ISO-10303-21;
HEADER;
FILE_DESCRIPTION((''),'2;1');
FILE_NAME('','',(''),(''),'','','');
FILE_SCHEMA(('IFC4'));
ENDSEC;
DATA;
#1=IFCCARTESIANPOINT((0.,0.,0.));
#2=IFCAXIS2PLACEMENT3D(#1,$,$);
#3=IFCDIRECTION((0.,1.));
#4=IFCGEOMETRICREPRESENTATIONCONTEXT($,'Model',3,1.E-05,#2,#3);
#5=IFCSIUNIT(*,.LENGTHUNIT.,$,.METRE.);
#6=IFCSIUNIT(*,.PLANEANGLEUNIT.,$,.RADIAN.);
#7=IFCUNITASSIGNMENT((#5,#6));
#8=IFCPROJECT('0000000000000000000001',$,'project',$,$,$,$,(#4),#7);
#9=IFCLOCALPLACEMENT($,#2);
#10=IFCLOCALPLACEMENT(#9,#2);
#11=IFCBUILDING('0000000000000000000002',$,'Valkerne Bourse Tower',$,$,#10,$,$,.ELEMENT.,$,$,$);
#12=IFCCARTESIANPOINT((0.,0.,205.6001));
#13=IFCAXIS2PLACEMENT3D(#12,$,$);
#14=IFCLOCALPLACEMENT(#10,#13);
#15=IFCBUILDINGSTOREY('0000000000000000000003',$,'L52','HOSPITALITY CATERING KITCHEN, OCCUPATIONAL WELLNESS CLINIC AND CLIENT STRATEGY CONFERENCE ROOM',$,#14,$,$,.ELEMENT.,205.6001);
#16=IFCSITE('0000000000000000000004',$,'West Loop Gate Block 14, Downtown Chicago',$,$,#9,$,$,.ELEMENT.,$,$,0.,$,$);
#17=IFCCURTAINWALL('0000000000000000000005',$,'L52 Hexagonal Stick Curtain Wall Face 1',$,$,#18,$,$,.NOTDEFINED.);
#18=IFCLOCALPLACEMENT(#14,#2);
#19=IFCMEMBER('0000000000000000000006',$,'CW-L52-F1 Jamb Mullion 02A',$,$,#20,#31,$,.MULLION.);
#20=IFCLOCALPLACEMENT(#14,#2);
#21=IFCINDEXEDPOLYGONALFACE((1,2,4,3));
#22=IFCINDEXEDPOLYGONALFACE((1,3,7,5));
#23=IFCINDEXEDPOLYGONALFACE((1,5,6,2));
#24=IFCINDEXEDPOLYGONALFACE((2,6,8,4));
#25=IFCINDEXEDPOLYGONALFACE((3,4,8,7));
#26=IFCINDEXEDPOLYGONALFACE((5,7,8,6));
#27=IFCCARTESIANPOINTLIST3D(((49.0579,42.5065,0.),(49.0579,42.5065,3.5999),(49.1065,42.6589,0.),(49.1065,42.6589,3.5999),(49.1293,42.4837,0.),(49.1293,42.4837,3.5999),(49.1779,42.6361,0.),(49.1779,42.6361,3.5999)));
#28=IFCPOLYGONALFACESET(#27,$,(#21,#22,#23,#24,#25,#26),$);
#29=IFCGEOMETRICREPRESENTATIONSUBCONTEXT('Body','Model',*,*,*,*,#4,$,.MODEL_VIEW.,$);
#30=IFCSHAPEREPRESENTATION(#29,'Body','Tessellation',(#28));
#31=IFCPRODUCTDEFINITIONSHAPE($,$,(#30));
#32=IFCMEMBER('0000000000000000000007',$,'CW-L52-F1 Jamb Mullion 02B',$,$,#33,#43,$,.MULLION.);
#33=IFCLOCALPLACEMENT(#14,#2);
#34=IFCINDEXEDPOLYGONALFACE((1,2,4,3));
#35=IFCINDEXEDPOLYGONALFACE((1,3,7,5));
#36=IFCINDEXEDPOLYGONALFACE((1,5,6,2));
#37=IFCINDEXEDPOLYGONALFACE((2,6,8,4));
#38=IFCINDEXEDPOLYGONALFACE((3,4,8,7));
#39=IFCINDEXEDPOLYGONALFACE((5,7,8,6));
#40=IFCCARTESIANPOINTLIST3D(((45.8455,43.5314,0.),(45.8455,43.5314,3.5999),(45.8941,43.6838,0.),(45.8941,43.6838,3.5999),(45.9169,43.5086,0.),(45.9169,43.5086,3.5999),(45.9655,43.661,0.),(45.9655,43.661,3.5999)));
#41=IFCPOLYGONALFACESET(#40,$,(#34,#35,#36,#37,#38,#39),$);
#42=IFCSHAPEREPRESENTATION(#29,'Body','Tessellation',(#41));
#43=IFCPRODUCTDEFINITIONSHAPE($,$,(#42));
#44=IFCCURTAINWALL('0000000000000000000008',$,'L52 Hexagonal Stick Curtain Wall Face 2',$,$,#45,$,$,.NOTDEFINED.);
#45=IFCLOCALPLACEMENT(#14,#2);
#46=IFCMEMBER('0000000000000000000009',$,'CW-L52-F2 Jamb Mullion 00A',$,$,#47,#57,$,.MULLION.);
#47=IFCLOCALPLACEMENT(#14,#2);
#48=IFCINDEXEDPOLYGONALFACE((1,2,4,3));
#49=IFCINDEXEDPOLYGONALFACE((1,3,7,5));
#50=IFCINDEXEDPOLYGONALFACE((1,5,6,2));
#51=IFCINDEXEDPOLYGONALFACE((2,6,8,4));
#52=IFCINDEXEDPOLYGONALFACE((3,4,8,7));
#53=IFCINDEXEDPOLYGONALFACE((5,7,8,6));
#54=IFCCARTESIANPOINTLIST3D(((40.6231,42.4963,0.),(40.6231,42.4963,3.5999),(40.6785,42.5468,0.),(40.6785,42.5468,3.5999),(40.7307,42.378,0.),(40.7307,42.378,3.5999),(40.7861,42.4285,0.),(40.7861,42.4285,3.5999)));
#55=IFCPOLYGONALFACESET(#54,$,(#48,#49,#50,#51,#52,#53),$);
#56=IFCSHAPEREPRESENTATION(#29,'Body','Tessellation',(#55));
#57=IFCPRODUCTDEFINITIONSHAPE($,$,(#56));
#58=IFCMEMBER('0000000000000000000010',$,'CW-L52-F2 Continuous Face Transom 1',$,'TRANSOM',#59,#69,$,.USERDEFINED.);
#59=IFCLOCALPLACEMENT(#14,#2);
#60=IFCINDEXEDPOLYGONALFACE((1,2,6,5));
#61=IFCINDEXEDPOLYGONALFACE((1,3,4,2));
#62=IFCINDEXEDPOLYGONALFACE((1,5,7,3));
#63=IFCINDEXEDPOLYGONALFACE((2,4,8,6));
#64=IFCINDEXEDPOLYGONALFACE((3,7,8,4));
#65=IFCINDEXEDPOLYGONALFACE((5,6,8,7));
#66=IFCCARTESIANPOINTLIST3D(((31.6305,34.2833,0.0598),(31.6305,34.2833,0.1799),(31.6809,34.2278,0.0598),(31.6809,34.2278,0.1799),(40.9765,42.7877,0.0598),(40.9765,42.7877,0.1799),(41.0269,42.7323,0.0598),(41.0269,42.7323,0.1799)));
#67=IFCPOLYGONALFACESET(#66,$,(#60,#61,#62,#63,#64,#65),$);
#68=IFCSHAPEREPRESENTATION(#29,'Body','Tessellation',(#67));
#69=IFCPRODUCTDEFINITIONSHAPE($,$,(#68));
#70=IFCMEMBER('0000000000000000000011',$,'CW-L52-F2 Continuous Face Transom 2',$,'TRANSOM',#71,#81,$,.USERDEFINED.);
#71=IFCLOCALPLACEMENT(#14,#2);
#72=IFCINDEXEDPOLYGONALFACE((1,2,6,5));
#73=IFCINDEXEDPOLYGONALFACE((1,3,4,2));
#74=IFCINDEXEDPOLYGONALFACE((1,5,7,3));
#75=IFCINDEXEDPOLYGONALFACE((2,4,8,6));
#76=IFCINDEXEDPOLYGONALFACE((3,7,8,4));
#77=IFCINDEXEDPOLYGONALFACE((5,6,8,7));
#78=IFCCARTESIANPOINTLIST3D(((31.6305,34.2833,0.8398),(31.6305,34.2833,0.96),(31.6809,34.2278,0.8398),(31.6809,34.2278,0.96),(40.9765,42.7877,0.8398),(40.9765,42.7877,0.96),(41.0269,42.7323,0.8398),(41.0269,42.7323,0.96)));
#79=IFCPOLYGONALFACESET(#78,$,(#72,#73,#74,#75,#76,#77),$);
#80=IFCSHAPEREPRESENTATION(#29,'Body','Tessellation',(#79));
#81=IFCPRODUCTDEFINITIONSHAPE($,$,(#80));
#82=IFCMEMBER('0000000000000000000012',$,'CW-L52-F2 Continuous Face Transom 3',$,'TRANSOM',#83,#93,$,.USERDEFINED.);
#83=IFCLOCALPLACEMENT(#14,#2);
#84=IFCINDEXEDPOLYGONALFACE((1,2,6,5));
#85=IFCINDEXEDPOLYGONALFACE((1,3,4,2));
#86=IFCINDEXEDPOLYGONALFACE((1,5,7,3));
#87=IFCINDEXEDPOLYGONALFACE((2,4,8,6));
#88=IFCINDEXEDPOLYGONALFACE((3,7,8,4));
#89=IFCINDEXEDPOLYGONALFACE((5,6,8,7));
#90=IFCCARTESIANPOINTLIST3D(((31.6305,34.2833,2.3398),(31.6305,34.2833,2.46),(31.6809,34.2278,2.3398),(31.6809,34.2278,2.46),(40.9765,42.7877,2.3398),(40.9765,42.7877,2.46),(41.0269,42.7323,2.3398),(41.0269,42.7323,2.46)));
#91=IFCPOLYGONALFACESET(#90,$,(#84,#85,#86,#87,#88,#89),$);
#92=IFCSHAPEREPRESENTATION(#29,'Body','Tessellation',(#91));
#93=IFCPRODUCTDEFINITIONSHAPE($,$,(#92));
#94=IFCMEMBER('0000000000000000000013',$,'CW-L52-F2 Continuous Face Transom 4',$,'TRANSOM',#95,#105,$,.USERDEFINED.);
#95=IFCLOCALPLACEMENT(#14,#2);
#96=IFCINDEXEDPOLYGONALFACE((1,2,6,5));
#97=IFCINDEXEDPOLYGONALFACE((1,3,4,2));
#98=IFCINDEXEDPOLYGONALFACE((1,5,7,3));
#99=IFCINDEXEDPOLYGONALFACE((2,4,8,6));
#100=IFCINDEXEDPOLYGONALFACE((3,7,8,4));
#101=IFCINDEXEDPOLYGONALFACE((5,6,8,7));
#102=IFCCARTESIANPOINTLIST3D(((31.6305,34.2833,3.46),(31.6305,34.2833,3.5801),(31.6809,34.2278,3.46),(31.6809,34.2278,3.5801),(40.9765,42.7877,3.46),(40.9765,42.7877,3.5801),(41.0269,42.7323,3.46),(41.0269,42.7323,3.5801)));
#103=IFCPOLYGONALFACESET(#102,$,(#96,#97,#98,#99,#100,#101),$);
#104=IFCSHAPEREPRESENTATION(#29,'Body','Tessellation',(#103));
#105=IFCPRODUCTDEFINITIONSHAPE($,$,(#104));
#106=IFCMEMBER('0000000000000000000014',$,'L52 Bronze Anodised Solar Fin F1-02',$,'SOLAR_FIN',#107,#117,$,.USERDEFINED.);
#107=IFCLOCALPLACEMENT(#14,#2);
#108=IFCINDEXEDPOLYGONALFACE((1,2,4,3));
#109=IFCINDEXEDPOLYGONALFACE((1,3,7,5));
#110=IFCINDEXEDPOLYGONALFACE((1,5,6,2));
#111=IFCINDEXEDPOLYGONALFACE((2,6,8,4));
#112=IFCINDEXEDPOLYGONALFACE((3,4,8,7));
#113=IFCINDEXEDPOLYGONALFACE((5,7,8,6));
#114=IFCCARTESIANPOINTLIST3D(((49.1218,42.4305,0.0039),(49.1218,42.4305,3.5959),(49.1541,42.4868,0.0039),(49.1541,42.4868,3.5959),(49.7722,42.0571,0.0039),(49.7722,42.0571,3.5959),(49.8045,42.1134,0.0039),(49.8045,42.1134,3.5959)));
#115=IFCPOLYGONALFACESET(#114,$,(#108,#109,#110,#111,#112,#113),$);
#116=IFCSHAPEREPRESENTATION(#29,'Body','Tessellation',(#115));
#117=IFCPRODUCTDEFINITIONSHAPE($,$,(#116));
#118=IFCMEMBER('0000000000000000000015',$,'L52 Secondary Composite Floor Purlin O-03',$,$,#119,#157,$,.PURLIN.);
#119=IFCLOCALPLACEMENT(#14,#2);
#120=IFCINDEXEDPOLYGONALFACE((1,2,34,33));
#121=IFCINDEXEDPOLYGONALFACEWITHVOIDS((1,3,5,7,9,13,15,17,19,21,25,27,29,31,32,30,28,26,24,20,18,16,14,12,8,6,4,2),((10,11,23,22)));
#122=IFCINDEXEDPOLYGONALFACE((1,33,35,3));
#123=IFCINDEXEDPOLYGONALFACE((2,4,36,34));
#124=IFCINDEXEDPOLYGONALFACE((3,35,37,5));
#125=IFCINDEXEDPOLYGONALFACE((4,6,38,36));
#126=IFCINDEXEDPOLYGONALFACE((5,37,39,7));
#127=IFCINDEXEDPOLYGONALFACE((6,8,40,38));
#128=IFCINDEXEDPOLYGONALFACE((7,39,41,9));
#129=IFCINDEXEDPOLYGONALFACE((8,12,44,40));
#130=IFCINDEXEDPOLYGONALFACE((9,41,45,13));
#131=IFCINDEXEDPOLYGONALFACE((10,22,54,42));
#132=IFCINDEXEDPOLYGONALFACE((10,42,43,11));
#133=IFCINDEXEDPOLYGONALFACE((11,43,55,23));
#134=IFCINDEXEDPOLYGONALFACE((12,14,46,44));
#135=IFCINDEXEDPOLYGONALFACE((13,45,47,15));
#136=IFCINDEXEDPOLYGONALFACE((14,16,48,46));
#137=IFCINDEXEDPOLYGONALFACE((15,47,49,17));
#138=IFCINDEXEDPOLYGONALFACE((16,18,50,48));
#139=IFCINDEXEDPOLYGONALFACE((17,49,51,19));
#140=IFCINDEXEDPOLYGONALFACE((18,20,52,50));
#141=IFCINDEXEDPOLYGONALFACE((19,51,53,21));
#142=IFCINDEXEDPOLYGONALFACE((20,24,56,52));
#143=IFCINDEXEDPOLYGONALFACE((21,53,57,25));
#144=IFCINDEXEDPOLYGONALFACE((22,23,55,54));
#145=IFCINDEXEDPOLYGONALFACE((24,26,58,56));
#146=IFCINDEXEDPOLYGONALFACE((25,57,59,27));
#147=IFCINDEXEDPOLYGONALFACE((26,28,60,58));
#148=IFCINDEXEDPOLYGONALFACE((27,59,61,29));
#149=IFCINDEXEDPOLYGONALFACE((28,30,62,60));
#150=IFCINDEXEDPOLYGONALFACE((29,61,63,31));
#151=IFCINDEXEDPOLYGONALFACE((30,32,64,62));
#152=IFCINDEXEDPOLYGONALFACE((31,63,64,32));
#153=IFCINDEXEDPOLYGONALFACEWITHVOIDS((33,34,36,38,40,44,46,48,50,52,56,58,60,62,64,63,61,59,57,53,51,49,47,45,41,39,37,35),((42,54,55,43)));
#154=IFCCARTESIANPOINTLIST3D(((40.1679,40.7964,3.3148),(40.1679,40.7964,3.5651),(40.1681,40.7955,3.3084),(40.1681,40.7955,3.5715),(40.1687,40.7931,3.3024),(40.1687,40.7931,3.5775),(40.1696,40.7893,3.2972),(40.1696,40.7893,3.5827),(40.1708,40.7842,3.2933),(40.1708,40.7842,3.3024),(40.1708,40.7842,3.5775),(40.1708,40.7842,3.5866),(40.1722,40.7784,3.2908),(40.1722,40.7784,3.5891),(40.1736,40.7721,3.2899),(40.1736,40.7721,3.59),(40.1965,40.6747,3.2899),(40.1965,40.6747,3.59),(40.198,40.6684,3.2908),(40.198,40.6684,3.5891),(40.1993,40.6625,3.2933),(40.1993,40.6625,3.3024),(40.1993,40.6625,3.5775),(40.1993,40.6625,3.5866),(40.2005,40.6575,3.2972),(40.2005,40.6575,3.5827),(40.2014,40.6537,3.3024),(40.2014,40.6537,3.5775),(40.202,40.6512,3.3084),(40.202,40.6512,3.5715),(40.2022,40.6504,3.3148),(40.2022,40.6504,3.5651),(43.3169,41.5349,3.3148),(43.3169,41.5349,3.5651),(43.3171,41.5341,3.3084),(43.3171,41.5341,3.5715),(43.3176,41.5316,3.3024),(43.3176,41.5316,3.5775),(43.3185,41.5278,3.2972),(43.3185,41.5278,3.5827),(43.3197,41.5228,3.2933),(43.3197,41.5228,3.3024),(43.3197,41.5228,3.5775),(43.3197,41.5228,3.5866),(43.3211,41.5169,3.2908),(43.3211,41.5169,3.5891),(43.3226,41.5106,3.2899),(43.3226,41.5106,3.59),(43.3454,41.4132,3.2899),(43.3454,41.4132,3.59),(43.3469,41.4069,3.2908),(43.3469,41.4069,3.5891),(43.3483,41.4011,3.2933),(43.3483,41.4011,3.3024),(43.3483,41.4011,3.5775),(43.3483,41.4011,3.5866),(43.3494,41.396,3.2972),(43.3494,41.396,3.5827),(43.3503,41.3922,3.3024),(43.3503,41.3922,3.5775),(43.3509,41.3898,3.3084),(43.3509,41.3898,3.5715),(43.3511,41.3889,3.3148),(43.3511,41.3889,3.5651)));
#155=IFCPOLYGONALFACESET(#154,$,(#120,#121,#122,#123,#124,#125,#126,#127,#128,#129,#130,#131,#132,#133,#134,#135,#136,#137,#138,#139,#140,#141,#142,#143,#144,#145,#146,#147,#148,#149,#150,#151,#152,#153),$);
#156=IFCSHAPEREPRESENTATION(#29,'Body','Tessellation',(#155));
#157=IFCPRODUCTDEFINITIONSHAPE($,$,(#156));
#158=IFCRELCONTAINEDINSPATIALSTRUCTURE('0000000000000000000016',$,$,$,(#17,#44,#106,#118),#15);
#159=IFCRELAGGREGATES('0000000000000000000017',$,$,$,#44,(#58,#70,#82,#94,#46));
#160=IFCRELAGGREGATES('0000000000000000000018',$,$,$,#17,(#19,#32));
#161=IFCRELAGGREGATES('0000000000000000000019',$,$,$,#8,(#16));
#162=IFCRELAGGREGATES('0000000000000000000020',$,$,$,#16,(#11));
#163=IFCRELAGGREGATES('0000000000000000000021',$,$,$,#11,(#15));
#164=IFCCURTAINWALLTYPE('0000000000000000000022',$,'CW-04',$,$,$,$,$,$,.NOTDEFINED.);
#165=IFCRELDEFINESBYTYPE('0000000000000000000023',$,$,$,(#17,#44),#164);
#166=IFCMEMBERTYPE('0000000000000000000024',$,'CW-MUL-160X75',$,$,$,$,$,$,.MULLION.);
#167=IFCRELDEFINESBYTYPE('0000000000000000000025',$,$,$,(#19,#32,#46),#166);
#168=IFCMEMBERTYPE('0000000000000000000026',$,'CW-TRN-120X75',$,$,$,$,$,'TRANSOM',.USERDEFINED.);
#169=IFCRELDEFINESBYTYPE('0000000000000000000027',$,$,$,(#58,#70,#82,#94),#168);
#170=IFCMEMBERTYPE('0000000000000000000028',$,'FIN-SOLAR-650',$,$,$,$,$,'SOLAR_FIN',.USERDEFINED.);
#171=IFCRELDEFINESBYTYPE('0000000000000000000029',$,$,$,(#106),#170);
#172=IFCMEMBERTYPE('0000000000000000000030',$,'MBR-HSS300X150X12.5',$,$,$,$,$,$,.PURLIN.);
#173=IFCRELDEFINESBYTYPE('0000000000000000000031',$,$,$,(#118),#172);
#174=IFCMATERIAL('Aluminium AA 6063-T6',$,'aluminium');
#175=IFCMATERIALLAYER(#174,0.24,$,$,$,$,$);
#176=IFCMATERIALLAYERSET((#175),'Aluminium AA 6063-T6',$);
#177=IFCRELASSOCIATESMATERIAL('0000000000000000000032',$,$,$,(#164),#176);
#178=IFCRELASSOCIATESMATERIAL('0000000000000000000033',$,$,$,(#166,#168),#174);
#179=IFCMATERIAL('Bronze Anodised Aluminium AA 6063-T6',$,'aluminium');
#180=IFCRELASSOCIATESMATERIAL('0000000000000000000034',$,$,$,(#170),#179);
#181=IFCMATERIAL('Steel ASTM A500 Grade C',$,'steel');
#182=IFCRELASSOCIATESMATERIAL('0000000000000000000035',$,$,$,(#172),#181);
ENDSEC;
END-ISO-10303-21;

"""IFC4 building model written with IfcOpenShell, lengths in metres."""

from ifc_helpers import new_model, si_unit, direction, frame, origin, origin_2d, place, context, subcontext, project, spatial, rectangle, hollow_rectangle, extrude, material, layer, layer_set, material_profile, profile_set, type_object, element, aggregate, save


model = new_model("IFC4")

# Units and contexts
model_context = context("Model", 3, precision=1e-05, world=origin(), true_north=direction((0.0, 1.0)))
body_context = subcontext(model_context, "Body", "Model", "MODEL_VIEW")
ifc_project = project(units=[si_unit("LENGTHUNIT", "METRE"), si_unit("PLANEANGLEUNIT", "RADIAN")], contexts=[model_context])

# Site, building, storey
site_placement = place(None, origin())
site = spatial("IfcSite", under=ifc_project, at=site_placement, Name="West Loop Gate Block 14, Downtown Chicago", CompositionType="ELEMENT", RefElevation=0.0)
building_placement = place(site_placement, origin())
building = spatial("IfcBuilding", under=site, at=building_placement, Name="Valkerne Bourse Tower", CompositionType="ELEMENT")
storey_placement = place(building_placement, frame((0.0, 0.0, 205.6001)))
storey = spatial("IfcBuildingStorey", under=building, at=storey_placement, Name="L52", Description="HOSPITALITY CATERING KITCHEN, OCCUPATIONAL WELLNESS CLINIC AND CLIENT STRATEGY CONFERENCE ROOM", CompositionType="ELEMENT", Elevation=205.6001)

# Curtain walls, members
ifc_material_1 = material(Name="Aluminium AA 6063-T6", Category="aluminium")
ifc_layer_1 = layer(ifc_material_1, 0.24)
ifc_layer_set_1 = layer_set([ifc_layer_1], Name="Aluminium AA 6063-T6")
curtain_wall_type = type_object("IfcCurtainWallType", Name="CW-04", PredefinedType="NOTDEFINED", material=ifc_layer_set_1)
curtain_wall_1_placement = place(storey_placement, origin())
curtain_wall_1 = element("IfcCurtainWall", 1, at=curtain_wall_1_placement, inside=storey, type_object=curtain_wall_type, Name="L52 Hexagonal Stick Curtain Wall Face 1", PredefinedType="NOTDEFINED")
ifc_material_profile_1 = material_profile(ifc_material_1, rectangle(XDim=0.075, YDim=0.1599, at=origin_2d()), Name="CWM-75X160")
ifc_profile_set_1 = profile_set([ifc_material_profile_1], Name="Aluminium AA 6063-T6")
member_type_1 = type_object("IfcMemberType", Name="CW-MUL-160X75", PredefinedType="MULLION", material=ifc_profile_set_1)
member_1_placement = place(storey_placement, frame((49.1179, 42.5713, 0.0), z_axis=(0.0, 0.0, 1.0), x_axis=(-0.952667, 0.304015, 0.0)))
member_1 = element("IfcMember", 2, at=member_1_placement, type_object=member_type_1, Name="CW-L52-F1 Jamb Mullion 02A", PredefinedType="MULLION", context=body_context, shape_type="SweptSolid", body=[
    extrude(rectangle(XDim=0.075, YDim=0.1599, at=origin_2d()), origin(), (0.0, 0.0, 1.0), 3.5999),
])
member_2_placement = place(storey_placement, frame((45.9055, 43.5962, 0.0), z_axis=(0.0, 0.0, 1.0), x_axis=(-0.952667, 0.304015, 0.0)))
member_2 = element("IfcMember", 3, at=member_2_placement, type_object=member_type_1, Name="CW-L52-F1 Jamb Mullion 02B", PredefinedType="MULLION", context=body_context, shape_type="SweptSolid", body=[
    extrude(rectangle(XDim=0.075, YDim=0.1599, at=origin_2d()), origin(), (0.0, 0.0, 1.0), 3.5999),
])
curtain_wall_2_placement = place(storey_placement, origin())
curtain_wall_2 = element("IfcCurtainWall", 4, at=curtain_wall_2_placement, inside=storey, type_object=curtain_wall_type, Name="L52 Hexagonal Stick Curtain Wall Face 2", PredefinedType="NOTDEFINED")
member_3_placement = place(storey_placement, frame((40.7046, 42.4624, 0.0), z_axis=(0.0, 0.0, 1.0), x_axis=(-0.73962, -0.673025, 0.0)))
member_3 = element("IfcMember", 5, at=member_3_placement, type_object=member_type_1, Name="CW-L52-F2 Jamb Mullion 00A", PredefinedType="MULLION", context=body_context, shape_type="SweptSolid", body=[
    extrude(rectangle(XDim=0.075, YDim=0.1599, at=origin_2d()), origin(), (0.0, 0.0, 1.0), 3.5999),
])
ifc_material_profile_2 = material_profile(ifc_material_1, rectangle(XDim=0.075, YDim=0.1201, at=origin_2d()), Name="CWT-75X120")
ifc_profile_set_2 = profile_set([ifc_material_profile_2], Name="Aluminium AA 6063-T6")
member_type_2 = type_object("IfcMemberType", Name="CW-TRN-120X75", ElementType="TRANSOM", PredefinedType="USERDEFINED", material=ifc_profile_set_2)
member_4_placement = place(storey_placement, frame((41.0017, 42.76, 0.1199), z_axis=(-0.739622, -0.673023, 0.0), x_axis=(0.673023, -0.739622, 0.0)))
member_4 = element("IfcMember", 6, at=member_4_placement, type_object=member_type_2, Name="CW-L52-F2 Continuous Face Transom 1", ObjectType="TRANSOM", PredefinedType="USERDEFINED", context=body_context, shape_type="SweptSolid", body=[
    extrude(rectangle(XDim=0.075, YDim=0.1201, at=origin_2d()), origin(), (0.0, 0.0, 1.0), 12.6362),
])
member_5_placement = place(storey_placement, frame((41.0017, 42.76, 0.8999), z_axis=(-0.739622, -0.673023, 0.0), x_axis=(0.673023, -0.739622, 0.0)))
member_5 = element("IfcMember", 7, at=member_5_placement, type_object=member_type_2, Name="CW-L52-F2 Continuous Face Transom 2", ObjectType="TRANSOM", PredefinedType="USERDEFINED", context=body_context, shape_type="SweptSolid", body=[
    extrude(rectangle(XDim=0.075, YDim=0.1201, at=origin_2d()), origin(), (0.0, 0.0, 1.0), 12.6362),
])
member_6_placement = place(storey_placement, frame((41.0017, 42.76, 2.3999), z_axis=(-0.739622, -0.673023, 0.0), x_axis=(0.673023, -0.739622, 0.0)))
member_6 = element("IfcMember", 8, at=member_6_placement, type_object=member_type_2, Name="CW-L52-F2 Continuous Face Transom 3", ObjectType="TRANSOM", PredefinedType="USERDEFINED", context=body_context, shape_type="SweptSolid", body=[
    extrude(rectangle(XDim=0.075, YDim=0.1201, at=origin_2d()), origin(), (0.0, 0.0, 1.0), 12.6362),
])
member_7_placement = place(storey_placement, frame((41.0017, 42.76, 3.52), z_axis=(-0.739622, -0.673023, 0.0), x_axis=(0.673023, -0.739622, 0.0)))
member_7 = element("IfcMember", 9, at=member_7_placement, type_object=member_type_2, Name="CW-L52-F2 Continuous Face Transom 4", ObjectType="TRANSOM", PredefinedType="USERDEFINED", context=body_context, shape_type="SweptSolid", body=[
    extrude(rectangle(XDim=0.075, YDim=0.1201, at=origin_2d()), origin(), (0.0, 0.0, 1.0), 12.6362),
])
aggregate(curtain_wall_2, [member_4, member_5, member_6, member_7, member_3])

# Members
ifc_material_2 = material(Name="Bronze Anodised Aluminium AA 6063-T6", Category="aluminium")
ifc_material_profile_3 = material_profile(ifc_material_2, rectangle(XDim=0.0649, YDim=0.75, at=origin_2d()), Name="FIN-65X750")
ifc_profile_set_3 = profile_set([ifc_material_profile_3], Name="Bronze Anodised Aluminium AA 6063-T6")
member_type_3 = type_object("IfcMemberType", Name="FIN-SOLAR-650", ElementType="SOLAR_FIN", PredefinedType="USERDEFINED", material=ifc_profile_set_3)
member_8_placement = place(storey_placement, frame((49.4631, 42.272, 0.0039), z_axis=(0.0, 0.0, 1.0), x_axis=(0.497881, 0.867246, 0.0)))
element("IfcMember", 10, at=member_8_placement, inside=storey, type_object=member_type_3, Name="L52 Bronze Anodised Solar Fin F1-02", ObjectType="SOLAR_FIN", PredefinedType="USERDEFINED", context=body_context, shape_type="SweptSolid", body=[
    extrude(rectangle(XDim=0.0649, YDim=0.75, at=origin_2d()), origin(), (0.0, 0.0, 1.0), 3.592),
])
ifc_material_3 = material(Name="Steel ASTM A500 Grade C", Category="steel")
ifc_material_profile_4 = material_profile(ifc_material_3, hollow_rectangle(XDim=0.1499, YDim=0.3, WallThickness=0.0125, OuterFilletRadius=0.0249, at=origin_2d()), Name="HSS300X150X12.5")
ifc_profile_set_4 = profile_set([ifc_material_profile_4], Name="Steel ASTM A500 Grade C")
member_type_4 = type_object("IfcMemberType", Name="MBR-HSS300X150X12.5", PredefinedType="PURLIN", material=ifc_profile_set_4)
member_9_placement = place(storey_placement, frame((43.334, 41.4619, 3.4399), z_axis=(-0.973582, -0.228337, 0.0), x_axis=(0.228337, -0.973582, 0.0)))
element("IfcMember", 11, at=member_9_placement, inside=storey, type_object=member_type_4, Name="L52 Secondary Composite Floor Purlin O-03", PredefinedType="PURLIN", context=body_context, shape_type="SweptSolid", body=[
    extrude(hollow_rectangle(XDim=0.1499, YDim=0.3, WallThickness=0.0125, OuterFilletRadius=0.0249, at=origin_2d()), origin(), (0.0, 0.0, 1.0), 3.2344),
])

aggregate(curtain_wall_1, [member_1, member_2])

save(model, "model.ifc")
